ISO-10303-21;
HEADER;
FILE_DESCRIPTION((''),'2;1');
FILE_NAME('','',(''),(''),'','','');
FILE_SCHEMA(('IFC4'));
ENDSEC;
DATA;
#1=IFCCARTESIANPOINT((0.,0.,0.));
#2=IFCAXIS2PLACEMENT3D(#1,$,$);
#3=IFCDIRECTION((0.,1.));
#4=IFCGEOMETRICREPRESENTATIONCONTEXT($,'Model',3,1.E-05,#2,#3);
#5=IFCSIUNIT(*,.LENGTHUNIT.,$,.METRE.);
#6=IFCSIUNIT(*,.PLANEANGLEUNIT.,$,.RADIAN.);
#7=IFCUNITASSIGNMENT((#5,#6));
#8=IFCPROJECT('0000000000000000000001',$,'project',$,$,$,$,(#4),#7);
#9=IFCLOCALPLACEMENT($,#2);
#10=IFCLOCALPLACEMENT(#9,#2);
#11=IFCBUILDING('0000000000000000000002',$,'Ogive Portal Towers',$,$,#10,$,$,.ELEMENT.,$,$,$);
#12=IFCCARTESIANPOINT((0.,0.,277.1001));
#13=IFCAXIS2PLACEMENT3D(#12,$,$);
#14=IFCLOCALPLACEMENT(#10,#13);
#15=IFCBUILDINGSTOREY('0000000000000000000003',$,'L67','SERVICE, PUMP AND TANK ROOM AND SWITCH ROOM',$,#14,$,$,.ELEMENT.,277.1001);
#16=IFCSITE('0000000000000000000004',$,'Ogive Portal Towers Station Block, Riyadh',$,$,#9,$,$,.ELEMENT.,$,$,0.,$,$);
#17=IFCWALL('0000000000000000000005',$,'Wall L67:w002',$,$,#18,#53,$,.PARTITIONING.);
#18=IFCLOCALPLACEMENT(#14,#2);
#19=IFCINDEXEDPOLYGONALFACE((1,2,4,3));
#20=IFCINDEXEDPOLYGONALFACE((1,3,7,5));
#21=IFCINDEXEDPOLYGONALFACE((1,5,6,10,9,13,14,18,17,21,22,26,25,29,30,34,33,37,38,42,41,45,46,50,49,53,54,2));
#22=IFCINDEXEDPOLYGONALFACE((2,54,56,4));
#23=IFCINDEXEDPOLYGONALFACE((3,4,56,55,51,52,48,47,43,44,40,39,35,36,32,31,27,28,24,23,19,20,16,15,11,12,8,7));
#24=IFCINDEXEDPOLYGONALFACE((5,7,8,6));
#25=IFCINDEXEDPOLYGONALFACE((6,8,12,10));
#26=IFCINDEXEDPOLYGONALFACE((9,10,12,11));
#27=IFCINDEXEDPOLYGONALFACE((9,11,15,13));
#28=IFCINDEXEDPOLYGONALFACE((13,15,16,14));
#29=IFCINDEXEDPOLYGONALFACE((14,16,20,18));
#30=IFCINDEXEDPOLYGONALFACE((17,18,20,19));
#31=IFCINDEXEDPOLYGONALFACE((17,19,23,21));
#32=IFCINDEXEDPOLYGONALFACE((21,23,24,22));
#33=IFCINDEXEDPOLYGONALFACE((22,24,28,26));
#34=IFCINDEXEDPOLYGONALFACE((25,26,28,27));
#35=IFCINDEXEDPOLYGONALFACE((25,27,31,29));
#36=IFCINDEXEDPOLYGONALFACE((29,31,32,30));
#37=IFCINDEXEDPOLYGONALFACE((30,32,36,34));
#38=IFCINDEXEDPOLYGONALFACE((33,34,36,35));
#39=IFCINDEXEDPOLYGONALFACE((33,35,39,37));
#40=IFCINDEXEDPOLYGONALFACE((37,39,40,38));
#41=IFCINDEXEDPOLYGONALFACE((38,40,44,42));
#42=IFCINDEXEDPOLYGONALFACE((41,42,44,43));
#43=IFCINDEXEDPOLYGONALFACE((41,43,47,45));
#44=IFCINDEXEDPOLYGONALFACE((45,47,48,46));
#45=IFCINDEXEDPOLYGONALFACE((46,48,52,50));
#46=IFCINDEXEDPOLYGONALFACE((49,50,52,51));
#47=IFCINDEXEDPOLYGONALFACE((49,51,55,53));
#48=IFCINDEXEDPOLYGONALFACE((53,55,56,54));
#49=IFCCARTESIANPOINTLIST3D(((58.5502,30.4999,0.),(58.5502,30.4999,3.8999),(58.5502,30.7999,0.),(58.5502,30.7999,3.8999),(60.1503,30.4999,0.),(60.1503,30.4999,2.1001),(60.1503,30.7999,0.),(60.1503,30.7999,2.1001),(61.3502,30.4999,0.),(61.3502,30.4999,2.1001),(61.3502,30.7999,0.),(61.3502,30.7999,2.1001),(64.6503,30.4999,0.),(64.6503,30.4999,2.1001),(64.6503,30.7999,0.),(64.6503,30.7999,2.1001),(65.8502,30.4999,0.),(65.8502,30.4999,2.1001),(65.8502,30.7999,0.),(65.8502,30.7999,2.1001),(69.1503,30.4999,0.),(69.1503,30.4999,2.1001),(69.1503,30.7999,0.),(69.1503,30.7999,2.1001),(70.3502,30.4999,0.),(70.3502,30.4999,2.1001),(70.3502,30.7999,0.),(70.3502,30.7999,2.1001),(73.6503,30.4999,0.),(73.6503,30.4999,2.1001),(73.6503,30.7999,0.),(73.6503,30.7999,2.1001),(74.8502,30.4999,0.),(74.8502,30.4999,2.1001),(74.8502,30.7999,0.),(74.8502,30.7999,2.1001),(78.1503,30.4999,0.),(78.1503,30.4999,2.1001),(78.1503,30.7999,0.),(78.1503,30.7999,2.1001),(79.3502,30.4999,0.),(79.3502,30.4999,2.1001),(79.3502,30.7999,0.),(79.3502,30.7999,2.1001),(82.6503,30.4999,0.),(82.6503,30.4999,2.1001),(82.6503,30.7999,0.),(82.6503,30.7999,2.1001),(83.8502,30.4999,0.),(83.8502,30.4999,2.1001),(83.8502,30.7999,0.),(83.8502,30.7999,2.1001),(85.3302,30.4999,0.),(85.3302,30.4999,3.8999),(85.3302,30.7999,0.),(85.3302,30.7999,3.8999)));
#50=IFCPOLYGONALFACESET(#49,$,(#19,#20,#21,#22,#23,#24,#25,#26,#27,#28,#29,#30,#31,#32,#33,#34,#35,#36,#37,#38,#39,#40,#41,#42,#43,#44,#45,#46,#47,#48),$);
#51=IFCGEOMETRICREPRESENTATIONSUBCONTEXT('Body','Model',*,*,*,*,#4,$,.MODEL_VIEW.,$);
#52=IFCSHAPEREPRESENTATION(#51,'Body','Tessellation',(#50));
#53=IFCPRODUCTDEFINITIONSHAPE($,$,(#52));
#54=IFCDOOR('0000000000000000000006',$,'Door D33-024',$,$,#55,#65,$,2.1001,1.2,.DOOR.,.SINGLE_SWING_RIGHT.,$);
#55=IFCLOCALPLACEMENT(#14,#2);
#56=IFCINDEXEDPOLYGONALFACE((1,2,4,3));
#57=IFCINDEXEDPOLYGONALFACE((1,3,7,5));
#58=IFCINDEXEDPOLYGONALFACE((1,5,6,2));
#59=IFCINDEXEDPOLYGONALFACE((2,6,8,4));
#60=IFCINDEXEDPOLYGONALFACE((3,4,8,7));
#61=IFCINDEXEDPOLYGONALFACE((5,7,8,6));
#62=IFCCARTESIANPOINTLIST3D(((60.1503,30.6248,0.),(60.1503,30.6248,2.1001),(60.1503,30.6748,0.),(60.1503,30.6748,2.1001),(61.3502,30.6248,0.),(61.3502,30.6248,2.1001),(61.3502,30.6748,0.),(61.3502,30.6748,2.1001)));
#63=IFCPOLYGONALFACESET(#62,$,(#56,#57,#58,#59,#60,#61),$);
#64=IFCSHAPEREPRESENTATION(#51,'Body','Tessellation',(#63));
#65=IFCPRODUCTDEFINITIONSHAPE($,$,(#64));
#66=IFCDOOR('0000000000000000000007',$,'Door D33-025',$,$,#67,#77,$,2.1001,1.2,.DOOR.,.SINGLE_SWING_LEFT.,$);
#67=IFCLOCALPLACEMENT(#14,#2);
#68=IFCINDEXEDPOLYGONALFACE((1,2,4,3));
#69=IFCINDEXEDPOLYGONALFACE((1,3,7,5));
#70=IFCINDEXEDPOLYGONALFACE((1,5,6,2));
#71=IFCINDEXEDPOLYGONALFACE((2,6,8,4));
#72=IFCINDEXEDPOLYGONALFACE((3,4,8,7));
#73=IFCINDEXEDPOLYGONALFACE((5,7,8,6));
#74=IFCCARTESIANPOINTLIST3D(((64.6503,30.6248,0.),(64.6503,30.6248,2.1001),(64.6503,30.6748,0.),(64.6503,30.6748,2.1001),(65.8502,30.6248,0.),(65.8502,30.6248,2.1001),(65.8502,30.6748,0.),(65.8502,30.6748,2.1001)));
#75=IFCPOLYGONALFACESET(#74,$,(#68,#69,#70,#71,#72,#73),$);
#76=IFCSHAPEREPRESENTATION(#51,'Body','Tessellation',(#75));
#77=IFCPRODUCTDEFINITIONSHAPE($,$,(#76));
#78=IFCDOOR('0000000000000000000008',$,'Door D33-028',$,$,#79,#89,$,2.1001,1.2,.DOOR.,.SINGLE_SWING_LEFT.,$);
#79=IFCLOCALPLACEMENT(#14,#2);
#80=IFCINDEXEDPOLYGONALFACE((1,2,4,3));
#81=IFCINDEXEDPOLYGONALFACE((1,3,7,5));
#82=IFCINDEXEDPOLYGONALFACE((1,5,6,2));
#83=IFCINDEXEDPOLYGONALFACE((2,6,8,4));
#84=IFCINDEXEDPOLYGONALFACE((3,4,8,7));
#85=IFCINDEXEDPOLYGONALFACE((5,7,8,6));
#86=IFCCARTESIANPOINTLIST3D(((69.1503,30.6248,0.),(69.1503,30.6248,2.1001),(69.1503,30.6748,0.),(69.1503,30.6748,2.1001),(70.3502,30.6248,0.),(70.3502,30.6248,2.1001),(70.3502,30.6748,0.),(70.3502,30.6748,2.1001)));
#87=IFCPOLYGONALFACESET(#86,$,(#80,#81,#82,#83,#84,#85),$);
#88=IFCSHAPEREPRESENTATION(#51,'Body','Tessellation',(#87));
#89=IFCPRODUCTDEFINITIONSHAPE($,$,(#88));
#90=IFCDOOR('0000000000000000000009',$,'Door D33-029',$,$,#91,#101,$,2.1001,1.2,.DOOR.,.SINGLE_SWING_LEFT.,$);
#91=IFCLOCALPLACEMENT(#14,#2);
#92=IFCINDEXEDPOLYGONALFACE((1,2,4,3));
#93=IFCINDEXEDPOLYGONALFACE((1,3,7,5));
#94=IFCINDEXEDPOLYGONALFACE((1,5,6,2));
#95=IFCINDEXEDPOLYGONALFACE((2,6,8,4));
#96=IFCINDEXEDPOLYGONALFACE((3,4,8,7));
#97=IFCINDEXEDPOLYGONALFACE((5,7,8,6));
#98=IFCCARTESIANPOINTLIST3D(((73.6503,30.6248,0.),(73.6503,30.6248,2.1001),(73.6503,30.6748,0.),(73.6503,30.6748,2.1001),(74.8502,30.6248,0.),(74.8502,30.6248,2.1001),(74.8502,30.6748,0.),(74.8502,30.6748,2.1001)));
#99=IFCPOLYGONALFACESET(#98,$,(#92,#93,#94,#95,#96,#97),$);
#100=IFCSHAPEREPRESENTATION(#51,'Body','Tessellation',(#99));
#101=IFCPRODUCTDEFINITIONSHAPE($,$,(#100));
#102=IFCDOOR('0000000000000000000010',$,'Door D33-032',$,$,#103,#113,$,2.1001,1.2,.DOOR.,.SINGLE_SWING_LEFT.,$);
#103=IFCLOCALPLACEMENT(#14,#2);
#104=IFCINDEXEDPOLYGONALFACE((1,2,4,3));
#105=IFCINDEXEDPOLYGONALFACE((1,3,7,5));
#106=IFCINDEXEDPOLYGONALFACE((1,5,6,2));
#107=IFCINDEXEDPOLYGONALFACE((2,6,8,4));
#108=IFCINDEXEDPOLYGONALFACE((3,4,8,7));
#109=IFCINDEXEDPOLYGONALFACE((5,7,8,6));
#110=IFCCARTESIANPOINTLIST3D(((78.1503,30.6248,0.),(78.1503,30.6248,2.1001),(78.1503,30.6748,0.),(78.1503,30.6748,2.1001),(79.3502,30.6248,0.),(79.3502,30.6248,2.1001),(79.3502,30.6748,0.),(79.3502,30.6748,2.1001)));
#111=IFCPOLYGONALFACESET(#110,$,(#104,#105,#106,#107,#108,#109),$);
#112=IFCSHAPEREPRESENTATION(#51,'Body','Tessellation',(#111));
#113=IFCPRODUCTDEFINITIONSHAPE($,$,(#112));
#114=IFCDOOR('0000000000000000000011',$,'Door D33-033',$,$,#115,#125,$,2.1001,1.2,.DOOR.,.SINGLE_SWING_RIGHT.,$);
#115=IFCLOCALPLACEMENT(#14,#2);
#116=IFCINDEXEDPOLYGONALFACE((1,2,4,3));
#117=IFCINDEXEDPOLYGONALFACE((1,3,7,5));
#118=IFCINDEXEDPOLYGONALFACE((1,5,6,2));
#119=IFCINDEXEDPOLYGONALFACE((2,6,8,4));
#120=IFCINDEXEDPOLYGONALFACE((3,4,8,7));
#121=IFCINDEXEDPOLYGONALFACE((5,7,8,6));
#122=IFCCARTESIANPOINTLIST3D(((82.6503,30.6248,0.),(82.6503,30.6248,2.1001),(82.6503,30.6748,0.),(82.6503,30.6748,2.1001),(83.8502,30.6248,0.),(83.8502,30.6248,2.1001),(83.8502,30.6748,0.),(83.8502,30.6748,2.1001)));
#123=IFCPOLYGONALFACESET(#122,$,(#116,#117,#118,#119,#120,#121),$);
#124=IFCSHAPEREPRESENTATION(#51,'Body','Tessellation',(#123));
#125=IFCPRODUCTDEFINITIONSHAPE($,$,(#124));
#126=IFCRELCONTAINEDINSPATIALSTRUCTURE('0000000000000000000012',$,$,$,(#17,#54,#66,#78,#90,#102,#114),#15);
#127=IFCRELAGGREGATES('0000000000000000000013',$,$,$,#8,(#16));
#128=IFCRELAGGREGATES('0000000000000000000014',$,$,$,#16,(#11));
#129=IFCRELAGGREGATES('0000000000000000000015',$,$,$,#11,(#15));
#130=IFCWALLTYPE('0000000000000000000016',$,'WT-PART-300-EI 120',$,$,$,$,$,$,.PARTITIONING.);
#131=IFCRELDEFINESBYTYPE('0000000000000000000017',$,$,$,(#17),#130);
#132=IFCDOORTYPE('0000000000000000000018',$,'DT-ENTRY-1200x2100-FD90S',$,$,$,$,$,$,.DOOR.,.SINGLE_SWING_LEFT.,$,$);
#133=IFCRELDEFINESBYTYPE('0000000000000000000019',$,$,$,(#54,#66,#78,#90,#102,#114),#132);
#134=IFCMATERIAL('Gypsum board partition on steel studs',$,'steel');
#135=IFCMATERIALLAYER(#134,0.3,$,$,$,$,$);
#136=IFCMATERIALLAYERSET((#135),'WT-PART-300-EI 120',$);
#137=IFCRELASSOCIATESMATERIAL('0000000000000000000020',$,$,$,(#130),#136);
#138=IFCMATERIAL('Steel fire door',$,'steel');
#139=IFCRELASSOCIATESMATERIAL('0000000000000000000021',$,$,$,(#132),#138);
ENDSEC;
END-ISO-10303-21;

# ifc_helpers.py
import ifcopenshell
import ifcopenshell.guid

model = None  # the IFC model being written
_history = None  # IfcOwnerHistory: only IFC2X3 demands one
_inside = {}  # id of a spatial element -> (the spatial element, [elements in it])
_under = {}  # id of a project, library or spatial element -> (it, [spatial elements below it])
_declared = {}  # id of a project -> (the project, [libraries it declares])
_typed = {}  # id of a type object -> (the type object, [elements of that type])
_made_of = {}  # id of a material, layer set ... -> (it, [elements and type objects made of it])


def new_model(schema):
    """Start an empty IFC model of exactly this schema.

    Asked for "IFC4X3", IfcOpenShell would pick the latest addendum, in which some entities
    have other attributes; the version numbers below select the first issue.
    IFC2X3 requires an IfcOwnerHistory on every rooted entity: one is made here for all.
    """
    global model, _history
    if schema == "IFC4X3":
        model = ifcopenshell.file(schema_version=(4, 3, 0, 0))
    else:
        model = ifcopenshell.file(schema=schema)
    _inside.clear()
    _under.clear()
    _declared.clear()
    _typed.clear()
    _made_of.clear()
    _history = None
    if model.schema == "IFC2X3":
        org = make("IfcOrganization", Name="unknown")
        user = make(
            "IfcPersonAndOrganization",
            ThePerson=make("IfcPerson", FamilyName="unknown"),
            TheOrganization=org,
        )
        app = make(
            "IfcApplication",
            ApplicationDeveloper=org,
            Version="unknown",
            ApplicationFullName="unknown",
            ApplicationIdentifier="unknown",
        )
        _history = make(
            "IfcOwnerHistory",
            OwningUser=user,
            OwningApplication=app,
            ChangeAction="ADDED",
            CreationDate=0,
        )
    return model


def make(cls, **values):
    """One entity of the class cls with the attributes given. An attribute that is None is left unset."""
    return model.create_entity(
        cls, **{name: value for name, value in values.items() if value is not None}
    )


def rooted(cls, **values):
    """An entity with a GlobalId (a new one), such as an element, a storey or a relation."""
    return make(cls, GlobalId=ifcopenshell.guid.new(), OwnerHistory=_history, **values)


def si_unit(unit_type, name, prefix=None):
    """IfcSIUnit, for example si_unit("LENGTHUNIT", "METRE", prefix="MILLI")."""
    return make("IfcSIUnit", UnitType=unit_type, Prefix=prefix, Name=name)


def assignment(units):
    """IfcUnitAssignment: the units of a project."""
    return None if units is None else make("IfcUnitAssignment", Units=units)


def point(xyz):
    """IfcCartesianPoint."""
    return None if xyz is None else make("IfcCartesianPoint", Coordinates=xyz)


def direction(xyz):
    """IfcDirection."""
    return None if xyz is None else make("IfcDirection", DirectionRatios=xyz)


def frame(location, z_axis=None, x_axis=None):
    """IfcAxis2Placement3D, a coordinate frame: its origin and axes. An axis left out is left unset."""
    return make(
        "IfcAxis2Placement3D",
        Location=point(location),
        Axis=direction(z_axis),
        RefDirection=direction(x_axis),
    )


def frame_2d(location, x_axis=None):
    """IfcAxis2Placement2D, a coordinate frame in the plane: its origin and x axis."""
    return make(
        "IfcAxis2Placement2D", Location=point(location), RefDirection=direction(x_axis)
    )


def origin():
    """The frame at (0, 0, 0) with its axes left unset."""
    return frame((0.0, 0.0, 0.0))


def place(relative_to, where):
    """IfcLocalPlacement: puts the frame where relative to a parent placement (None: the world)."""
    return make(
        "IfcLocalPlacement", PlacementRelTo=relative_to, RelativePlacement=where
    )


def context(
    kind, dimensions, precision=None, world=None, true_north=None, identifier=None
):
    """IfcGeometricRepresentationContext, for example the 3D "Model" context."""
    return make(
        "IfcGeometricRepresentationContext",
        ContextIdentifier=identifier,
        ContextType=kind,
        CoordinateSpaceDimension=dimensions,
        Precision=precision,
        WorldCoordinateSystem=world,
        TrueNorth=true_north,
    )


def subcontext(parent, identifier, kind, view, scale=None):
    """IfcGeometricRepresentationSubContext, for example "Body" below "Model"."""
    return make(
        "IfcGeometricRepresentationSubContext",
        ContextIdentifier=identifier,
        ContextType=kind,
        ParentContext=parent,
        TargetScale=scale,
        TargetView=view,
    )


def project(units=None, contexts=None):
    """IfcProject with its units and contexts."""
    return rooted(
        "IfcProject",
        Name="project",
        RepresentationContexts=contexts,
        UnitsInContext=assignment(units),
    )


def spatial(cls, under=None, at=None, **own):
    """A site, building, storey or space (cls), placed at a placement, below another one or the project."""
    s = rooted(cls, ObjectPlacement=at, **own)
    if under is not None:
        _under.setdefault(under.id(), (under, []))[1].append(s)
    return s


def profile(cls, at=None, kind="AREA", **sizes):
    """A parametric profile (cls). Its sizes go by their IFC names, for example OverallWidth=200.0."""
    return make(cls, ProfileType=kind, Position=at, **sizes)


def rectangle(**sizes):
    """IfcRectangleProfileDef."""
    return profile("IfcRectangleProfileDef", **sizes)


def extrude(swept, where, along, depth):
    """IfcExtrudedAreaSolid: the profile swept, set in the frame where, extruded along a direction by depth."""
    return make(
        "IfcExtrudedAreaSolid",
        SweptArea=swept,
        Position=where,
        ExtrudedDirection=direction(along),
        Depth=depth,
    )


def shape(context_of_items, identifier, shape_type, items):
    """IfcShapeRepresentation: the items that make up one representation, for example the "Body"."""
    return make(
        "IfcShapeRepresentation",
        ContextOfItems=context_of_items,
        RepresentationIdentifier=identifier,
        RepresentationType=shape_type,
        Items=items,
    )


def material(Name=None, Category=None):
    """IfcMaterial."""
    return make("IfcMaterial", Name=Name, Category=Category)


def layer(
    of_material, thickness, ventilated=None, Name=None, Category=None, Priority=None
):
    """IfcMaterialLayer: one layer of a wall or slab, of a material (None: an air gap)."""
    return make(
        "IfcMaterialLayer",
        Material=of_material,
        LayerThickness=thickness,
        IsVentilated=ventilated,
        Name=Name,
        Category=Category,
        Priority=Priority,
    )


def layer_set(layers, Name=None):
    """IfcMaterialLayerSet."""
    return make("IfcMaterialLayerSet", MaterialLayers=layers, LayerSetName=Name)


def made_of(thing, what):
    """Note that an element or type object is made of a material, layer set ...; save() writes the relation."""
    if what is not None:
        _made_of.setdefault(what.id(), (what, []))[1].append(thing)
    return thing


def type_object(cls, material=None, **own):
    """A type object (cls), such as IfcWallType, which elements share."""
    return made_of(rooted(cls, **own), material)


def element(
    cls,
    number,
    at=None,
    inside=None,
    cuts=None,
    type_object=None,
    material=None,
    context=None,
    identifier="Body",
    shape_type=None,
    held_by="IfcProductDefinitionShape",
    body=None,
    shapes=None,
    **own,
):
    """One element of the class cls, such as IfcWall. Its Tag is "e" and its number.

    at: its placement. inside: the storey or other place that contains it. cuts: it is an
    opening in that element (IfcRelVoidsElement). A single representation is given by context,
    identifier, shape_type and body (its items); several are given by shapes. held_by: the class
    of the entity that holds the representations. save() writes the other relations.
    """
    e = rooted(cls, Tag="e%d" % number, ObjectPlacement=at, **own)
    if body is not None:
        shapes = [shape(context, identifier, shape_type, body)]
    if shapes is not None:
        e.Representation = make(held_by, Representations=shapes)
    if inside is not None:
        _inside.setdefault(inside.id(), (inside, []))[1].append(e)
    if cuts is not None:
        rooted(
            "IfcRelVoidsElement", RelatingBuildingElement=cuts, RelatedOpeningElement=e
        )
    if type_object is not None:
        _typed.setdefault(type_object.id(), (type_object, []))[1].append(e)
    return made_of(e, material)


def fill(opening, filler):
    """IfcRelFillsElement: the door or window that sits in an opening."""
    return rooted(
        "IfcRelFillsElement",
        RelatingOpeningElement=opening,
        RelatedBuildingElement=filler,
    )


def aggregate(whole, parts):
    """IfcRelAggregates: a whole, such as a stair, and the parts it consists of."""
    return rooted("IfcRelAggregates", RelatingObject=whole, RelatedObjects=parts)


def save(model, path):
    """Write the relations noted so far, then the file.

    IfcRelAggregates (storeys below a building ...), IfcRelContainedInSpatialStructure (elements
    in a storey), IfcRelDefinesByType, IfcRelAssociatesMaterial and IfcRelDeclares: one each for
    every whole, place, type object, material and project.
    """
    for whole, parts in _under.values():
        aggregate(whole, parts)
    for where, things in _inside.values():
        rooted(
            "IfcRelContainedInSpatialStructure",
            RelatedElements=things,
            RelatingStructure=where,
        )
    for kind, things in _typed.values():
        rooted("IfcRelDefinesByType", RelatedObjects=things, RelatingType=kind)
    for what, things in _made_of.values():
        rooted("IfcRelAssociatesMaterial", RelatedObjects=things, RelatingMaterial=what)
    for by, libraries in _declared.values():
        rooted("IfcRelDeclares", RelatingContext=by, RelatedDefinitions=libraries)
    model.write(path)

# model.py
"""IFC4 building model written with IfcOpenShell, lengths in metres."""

from ifc_helpers import new_model, si_unit, direction, frame, frame_2d, origin, place, context, subcontext, project, spatial, rectangle, extrude, material, layer, layer_set, type_object, element, fill, save


model = new_model("IFC4")

# Units and contexts
model_context = context("Model", 3, precision=1e-05, world=origin(), true_north=direction((0.0, 1.0)))
body_context = subcontext(model_context, "Body", "Model", "MODEL_VIEW")
ifc_project = project(units=[si_unit("LENGTHUNIT", "METRE"), si_unit("PLANEANGLEUNIT", "RADIAN")], contexts=[model_context])

# Site, building, storey
site_placement = place(None, origin())
site = spatial("IfcSite", under=ifc_project, at=site_placement, Name="Ogive Portal Towers Station Block, Riyadh", CompositionType="ELEMENT", RefElevation=0.0)
building_placement = place(site_placement, origin())
building = spatial("IfcBuilding", under=site, at=building_placement, Name="Ogive Portal Towers", CompositionType="ELEMENT")
storey_placement = place(building_placement, frame((0.0, 0.0, 277.1001)))
storey = spatial("IfcBuildingStorey", under=building, at=storey_placement, Name="L67", Description="SERVICE, PUMP AND TANK ROOM AND SWITCH ROOM", CompositionType="ELEMENT", Elevation=277.1001)

# Shared definitions
ifc_material_1 = material(Name="Steel fire door", Category="steel")

# Wall, openings, doors
ifc_material_2 = material(Name="Gypsum board partition on steel studs", Category="steel")
ifc_layer_1 = layer(ifc_material_2, 0.3)
ifc_layer_set_1 = layer_set([ifc_layer_1], Name="WT-PART-300-EI 120")
wall_type_1 = type_object("IfcWallType", Name="WT-PART-300-EI 120", PredefinedType="PARTITIONING", material=ifc_layer_set_1)
wall_1_placement = place(storey_placement, frame((58.55, 30.6499, 0.0), z_axis=(0.0, 0.0, 1.0), x_axis=(1.0, 0.0, 0.0)))
wall_1 = element("IfcWall", 1, at=wall_1_placement, inside=storey, type_object=wall_type_1, Name="Wall L67:w002", PredefinedType="PARTITIONING", context=body_context, shape_type="SweptSolid", body=[
    extrude(rectangle(XDim=26.78, YDim=0.3, at=frame_2d((13.3901, 0.0))), origin(), (0.0, 0.0, 1.0), 3.8999),
])
opening_1_placement = place(wall_1_placement, frame((1.6001, 0.0, 0.0)))
opening_1 = element("IfcOpeningElement", 2, at=opening_1_placement, cuts=wall_1, PredefinedType="OPENING", context=body_context, shape_type="SweptSolid", body=[
    extrude(rectangle(XDim=1.2, YDim=2.1001, at=frame_2d((0.6001, 1.05))), frame((0.0, 0.1602, 0.0), z_axis=(0.0, -1.0, 0.0), x_axis=(1.0, 0.0, 0.0)), (0.0, 0.0, 1.0), 0.3201),
])
opening_2_placement = place(wall_1_placement, frame((6.1001, 0.0, 0.0)))
opening_2 = element("IfcOpeningElement", 3, at=opening_2_placement, cuts=wall_1, PredefinedType="OPENING", context=body_context, shape_type="SweptSolid", body=[
    extrude(rectangle(XDim=1.2, YDim=2.1001, at=frame_2d((0.6001, 1.05))), frame((0.0, 0.1602, 0.0), z_axis=(0.0, -1.0, 0.0), x_axis=(1.0, 0.0, 0.0)), (0.0, 0.0, 1.0), 0.3201),
])
opening_3_placement = place(wall_1_placement, frame((10.6001, 0.0, 0.0)))
opening_3 = element("IfcOpeningElement", 4, at=opening_3_placement, cuts=wall_1, PredefinedType="OPENING", context=body_context, shape_type="SweptSolid", body=[
    extrude(rectangle(XDim=1.2, YDim=2.1001, at=frame_2d((0.6001, 1.05))), frame((0.0, 0.1602, 0.0), z_axis=(0.0, -1.0, 0.0), x_axis=(1.0, 0.0, 0.0)), (0.0, 0.0, 1.0), 0.3201),
])
opening_4_placement = place(wall_1_placement, frame((15.1001, 0.0, 0.0)))
opening_4 = element("IfcOpeningElement", 5, at=opening_4_placement, cuts=wall_1, PredefinedType="OPENING", context=body_context, shape_type="SweptSolid", body=[
    extrude(rectangle(XDim=1.2, YDim=2.1001, at=frame_2d((0.6001, 1.05))), frame((0.0, 0.1602, 0.0), z_axis=(0.0, -1.0, 0.0), x_axis=(1.0, 0.0, 0.0)), (0.0, 0.0, 1.0), 0.3201),
])
opening_5_placement = place(wall_1_placement, frame((19.6001, 0.0, 0.0)))
opening_5 = element("IfcOpeningElement", 6, at=opening_5_placement, cuts=wall_1, PredefinedType="OPENING", context=body_context, shape_type="SweptSolid", body=[
    extrude(rectangle(XDim=1.2, YDim=2.1001, at=frame_2d((0.6001, 1.05))), frame((0.0, 0.1602, 0.0), z_axis=(0.0, -1.0, 0.0), x_axis=(1.0, 0.0, 0.0)), (0.0, 0.0, 1.0), 0.3201),
])
opening_6_placement = place(wall_1_placement, frame((24.1001, 0.0, 0.0)))
opening_6 = element("IfcOpeningElement", 7, at=opening_6_placement, cuts=wall_1, PredefinedType="OPENING", context=body_context, shape_type="SweptSolid", body=[
    extrude(rectangle(XDim=1.2, YDim=2.1001, at=frame_2d((0.6001, 1.05))), frame((0.0, 0.1602, 0.0), z_axis=(0.0, -1.0, 0.0), x_axis=(1.0, 0.0, 0.0)), (0.0, 0.0, 1.0), 0.3201),
])
door_type_1 = type_object("IfcDoorType", Name="DT-ENTRY-1200x2100-FD90S", OperationType="SINGLE_SWING_LEFT", PredefinedType="DOOR", material=ifc_material_1)
door_1_placement = place(opening_1_placement, origin())
door_1 = element("IfcDoor", 8, at=door_1_placement, inside=storey, type_object=door_type_1, Name="Door D33-024", OperationType="SINGLE_SWING_RIGHT", OverallHeight=2.1001, OverallWidth=1.2, PredefinedType="DOOR", context=body_context, shape_type="SweptSolid", body=[
    extrude(rectangle(XDim=1.2, YDim=2.1001, at=frame_2d((0.6001, 1.05))), frame((0.0, 0.0249, 0.0), z_axis=(0.0, -1.0, 0.0), x_axis=(1.0, 0.0, 0.0)), (0.0, 0.0, 1.0), 0.05),
])
fill(opening_1, door_1)
door_2_placement = place(opening_2_placement, origin())
door_2 = element("IfcDoor", 9, at=door_2_placement, inside=storey, type_object=door_type_1, Name="Door D33-025", OperationType="SINGLE_SWING_LEFT", OverallHeight=2.1001, OverallWidth=1.2, PredefinedType="DOOR", context=body_context, shape_type="SweptSolid", body=[
    extrude(rectangle(XDim=1.2, YDim=2.1001, at=frame_2d((0.6001, 1.05))), frame((0.0, 0.0249, 0.0), z_axis=(0.0, -1.0, 0.0), x_axis=(1.0, 0.0, 0.0)), (0.0, 0.0, 1.0), 0.05),
])
fill(opening_2, door_2)
door_3_placement = place(opening_3_placement, origin())
door_3 = element("IfcDoor", 10, at=door_3_placement, inside=storey, type_object=door_type_1, Name="Door D33-028", OperationType="SINGLE_SWING_LEFT", OverallHeight=2.1001, OverallWidth=1.2, PredefinedType="DOOR", context=body_context, shape_type="SweptSolid", body=[
    extrude(rectangle(XDim=1.2, YDim=2.1001, at=frame_2d((0.6001, 1.05))), frame((0.0, 0.0249, 0.0), z_axis=(0.0, -1.0, 0.0), x_axis=(1.0, 0.0, 0.0)), (0.0, 0.0, 1.0), 0.05),
])
fill(opening_3, door_3)
door_4_placement = place(opening_4_placement, origin())
door_4 = element("IfcDoor", 11, at=door_4_placement, inside=storey, type_object=door_type_1, Name="Door D33-029", OperationType="SINGLE_SWING_LEFT", OverallHeight=2.1001, OverallWidth=1.2, PredefinedType="DOOR", context=body_context, shape_type="SweptSolid", body=[
    extrude(rectangle(XDim=1.2, YDim=2.1001, at=frame_2d((0.6001, 1.05))), frame((0.0, 0.0249, 0.0), z_axis=(0.0, -1.0, 0.0), x_axis=(1.0, 0.0, 0.0)), (0.0, 0.0, 1.0), 0.05),
])
fill(opening_4, door_4)
door_5_placement = place(opening_5_placement, origin())
door_5 = element("IfcDoor", 12, at=door_5_placement, inside=storey, type_object=door_type_1, Name="Door D33-032", OperationType="SINGLE_SWING_LEFT", OverallHeight=2.1001, OverallWidth=1.2, PredefinedType="DOOR", context=body_context, shape_type="SweptSolid", body=[
    extrude(rectangle(XDim=1.2, YDim=2.1001, at=frame_2d((0.6001, 1.05))), frame((0.0, 0.0249, 0.0), z_axis=(0.0, -1.0, 0.0), x_axis=(1.0, 0.0, 0.0)), (0.0, 0.0, 1.0), 0.05),
])
fill(opening_5, door_5)
door_6_placement = place(opening_6_placement, origin())
door_6 = element("IfcDoor", 13, at=door_6_placement, inside=storey, type_object=door_type_1, Name="Door D33-033", OperationType="SINGLE_SWING_RIGHT", OverallHeight=2.1001, OverallWidth=1.2, PredefinedType="DOOR", context=body_context, shape_type="SweptSolid", body=[
    extrude(rectangle(XDim=1.2, YDim=2.1001, at=frame_2d((0.6001, 1.05))), frame((0.0, 0.0249, 0.0), z_axis=(0.0, -1.0, 0.0), x_axis=(1.0, 0.0, 0.0)), (0.0, 0.0, 1.0), 0.05),
])
fill(opening_6, door_6)

save(model, "model.ifc")
